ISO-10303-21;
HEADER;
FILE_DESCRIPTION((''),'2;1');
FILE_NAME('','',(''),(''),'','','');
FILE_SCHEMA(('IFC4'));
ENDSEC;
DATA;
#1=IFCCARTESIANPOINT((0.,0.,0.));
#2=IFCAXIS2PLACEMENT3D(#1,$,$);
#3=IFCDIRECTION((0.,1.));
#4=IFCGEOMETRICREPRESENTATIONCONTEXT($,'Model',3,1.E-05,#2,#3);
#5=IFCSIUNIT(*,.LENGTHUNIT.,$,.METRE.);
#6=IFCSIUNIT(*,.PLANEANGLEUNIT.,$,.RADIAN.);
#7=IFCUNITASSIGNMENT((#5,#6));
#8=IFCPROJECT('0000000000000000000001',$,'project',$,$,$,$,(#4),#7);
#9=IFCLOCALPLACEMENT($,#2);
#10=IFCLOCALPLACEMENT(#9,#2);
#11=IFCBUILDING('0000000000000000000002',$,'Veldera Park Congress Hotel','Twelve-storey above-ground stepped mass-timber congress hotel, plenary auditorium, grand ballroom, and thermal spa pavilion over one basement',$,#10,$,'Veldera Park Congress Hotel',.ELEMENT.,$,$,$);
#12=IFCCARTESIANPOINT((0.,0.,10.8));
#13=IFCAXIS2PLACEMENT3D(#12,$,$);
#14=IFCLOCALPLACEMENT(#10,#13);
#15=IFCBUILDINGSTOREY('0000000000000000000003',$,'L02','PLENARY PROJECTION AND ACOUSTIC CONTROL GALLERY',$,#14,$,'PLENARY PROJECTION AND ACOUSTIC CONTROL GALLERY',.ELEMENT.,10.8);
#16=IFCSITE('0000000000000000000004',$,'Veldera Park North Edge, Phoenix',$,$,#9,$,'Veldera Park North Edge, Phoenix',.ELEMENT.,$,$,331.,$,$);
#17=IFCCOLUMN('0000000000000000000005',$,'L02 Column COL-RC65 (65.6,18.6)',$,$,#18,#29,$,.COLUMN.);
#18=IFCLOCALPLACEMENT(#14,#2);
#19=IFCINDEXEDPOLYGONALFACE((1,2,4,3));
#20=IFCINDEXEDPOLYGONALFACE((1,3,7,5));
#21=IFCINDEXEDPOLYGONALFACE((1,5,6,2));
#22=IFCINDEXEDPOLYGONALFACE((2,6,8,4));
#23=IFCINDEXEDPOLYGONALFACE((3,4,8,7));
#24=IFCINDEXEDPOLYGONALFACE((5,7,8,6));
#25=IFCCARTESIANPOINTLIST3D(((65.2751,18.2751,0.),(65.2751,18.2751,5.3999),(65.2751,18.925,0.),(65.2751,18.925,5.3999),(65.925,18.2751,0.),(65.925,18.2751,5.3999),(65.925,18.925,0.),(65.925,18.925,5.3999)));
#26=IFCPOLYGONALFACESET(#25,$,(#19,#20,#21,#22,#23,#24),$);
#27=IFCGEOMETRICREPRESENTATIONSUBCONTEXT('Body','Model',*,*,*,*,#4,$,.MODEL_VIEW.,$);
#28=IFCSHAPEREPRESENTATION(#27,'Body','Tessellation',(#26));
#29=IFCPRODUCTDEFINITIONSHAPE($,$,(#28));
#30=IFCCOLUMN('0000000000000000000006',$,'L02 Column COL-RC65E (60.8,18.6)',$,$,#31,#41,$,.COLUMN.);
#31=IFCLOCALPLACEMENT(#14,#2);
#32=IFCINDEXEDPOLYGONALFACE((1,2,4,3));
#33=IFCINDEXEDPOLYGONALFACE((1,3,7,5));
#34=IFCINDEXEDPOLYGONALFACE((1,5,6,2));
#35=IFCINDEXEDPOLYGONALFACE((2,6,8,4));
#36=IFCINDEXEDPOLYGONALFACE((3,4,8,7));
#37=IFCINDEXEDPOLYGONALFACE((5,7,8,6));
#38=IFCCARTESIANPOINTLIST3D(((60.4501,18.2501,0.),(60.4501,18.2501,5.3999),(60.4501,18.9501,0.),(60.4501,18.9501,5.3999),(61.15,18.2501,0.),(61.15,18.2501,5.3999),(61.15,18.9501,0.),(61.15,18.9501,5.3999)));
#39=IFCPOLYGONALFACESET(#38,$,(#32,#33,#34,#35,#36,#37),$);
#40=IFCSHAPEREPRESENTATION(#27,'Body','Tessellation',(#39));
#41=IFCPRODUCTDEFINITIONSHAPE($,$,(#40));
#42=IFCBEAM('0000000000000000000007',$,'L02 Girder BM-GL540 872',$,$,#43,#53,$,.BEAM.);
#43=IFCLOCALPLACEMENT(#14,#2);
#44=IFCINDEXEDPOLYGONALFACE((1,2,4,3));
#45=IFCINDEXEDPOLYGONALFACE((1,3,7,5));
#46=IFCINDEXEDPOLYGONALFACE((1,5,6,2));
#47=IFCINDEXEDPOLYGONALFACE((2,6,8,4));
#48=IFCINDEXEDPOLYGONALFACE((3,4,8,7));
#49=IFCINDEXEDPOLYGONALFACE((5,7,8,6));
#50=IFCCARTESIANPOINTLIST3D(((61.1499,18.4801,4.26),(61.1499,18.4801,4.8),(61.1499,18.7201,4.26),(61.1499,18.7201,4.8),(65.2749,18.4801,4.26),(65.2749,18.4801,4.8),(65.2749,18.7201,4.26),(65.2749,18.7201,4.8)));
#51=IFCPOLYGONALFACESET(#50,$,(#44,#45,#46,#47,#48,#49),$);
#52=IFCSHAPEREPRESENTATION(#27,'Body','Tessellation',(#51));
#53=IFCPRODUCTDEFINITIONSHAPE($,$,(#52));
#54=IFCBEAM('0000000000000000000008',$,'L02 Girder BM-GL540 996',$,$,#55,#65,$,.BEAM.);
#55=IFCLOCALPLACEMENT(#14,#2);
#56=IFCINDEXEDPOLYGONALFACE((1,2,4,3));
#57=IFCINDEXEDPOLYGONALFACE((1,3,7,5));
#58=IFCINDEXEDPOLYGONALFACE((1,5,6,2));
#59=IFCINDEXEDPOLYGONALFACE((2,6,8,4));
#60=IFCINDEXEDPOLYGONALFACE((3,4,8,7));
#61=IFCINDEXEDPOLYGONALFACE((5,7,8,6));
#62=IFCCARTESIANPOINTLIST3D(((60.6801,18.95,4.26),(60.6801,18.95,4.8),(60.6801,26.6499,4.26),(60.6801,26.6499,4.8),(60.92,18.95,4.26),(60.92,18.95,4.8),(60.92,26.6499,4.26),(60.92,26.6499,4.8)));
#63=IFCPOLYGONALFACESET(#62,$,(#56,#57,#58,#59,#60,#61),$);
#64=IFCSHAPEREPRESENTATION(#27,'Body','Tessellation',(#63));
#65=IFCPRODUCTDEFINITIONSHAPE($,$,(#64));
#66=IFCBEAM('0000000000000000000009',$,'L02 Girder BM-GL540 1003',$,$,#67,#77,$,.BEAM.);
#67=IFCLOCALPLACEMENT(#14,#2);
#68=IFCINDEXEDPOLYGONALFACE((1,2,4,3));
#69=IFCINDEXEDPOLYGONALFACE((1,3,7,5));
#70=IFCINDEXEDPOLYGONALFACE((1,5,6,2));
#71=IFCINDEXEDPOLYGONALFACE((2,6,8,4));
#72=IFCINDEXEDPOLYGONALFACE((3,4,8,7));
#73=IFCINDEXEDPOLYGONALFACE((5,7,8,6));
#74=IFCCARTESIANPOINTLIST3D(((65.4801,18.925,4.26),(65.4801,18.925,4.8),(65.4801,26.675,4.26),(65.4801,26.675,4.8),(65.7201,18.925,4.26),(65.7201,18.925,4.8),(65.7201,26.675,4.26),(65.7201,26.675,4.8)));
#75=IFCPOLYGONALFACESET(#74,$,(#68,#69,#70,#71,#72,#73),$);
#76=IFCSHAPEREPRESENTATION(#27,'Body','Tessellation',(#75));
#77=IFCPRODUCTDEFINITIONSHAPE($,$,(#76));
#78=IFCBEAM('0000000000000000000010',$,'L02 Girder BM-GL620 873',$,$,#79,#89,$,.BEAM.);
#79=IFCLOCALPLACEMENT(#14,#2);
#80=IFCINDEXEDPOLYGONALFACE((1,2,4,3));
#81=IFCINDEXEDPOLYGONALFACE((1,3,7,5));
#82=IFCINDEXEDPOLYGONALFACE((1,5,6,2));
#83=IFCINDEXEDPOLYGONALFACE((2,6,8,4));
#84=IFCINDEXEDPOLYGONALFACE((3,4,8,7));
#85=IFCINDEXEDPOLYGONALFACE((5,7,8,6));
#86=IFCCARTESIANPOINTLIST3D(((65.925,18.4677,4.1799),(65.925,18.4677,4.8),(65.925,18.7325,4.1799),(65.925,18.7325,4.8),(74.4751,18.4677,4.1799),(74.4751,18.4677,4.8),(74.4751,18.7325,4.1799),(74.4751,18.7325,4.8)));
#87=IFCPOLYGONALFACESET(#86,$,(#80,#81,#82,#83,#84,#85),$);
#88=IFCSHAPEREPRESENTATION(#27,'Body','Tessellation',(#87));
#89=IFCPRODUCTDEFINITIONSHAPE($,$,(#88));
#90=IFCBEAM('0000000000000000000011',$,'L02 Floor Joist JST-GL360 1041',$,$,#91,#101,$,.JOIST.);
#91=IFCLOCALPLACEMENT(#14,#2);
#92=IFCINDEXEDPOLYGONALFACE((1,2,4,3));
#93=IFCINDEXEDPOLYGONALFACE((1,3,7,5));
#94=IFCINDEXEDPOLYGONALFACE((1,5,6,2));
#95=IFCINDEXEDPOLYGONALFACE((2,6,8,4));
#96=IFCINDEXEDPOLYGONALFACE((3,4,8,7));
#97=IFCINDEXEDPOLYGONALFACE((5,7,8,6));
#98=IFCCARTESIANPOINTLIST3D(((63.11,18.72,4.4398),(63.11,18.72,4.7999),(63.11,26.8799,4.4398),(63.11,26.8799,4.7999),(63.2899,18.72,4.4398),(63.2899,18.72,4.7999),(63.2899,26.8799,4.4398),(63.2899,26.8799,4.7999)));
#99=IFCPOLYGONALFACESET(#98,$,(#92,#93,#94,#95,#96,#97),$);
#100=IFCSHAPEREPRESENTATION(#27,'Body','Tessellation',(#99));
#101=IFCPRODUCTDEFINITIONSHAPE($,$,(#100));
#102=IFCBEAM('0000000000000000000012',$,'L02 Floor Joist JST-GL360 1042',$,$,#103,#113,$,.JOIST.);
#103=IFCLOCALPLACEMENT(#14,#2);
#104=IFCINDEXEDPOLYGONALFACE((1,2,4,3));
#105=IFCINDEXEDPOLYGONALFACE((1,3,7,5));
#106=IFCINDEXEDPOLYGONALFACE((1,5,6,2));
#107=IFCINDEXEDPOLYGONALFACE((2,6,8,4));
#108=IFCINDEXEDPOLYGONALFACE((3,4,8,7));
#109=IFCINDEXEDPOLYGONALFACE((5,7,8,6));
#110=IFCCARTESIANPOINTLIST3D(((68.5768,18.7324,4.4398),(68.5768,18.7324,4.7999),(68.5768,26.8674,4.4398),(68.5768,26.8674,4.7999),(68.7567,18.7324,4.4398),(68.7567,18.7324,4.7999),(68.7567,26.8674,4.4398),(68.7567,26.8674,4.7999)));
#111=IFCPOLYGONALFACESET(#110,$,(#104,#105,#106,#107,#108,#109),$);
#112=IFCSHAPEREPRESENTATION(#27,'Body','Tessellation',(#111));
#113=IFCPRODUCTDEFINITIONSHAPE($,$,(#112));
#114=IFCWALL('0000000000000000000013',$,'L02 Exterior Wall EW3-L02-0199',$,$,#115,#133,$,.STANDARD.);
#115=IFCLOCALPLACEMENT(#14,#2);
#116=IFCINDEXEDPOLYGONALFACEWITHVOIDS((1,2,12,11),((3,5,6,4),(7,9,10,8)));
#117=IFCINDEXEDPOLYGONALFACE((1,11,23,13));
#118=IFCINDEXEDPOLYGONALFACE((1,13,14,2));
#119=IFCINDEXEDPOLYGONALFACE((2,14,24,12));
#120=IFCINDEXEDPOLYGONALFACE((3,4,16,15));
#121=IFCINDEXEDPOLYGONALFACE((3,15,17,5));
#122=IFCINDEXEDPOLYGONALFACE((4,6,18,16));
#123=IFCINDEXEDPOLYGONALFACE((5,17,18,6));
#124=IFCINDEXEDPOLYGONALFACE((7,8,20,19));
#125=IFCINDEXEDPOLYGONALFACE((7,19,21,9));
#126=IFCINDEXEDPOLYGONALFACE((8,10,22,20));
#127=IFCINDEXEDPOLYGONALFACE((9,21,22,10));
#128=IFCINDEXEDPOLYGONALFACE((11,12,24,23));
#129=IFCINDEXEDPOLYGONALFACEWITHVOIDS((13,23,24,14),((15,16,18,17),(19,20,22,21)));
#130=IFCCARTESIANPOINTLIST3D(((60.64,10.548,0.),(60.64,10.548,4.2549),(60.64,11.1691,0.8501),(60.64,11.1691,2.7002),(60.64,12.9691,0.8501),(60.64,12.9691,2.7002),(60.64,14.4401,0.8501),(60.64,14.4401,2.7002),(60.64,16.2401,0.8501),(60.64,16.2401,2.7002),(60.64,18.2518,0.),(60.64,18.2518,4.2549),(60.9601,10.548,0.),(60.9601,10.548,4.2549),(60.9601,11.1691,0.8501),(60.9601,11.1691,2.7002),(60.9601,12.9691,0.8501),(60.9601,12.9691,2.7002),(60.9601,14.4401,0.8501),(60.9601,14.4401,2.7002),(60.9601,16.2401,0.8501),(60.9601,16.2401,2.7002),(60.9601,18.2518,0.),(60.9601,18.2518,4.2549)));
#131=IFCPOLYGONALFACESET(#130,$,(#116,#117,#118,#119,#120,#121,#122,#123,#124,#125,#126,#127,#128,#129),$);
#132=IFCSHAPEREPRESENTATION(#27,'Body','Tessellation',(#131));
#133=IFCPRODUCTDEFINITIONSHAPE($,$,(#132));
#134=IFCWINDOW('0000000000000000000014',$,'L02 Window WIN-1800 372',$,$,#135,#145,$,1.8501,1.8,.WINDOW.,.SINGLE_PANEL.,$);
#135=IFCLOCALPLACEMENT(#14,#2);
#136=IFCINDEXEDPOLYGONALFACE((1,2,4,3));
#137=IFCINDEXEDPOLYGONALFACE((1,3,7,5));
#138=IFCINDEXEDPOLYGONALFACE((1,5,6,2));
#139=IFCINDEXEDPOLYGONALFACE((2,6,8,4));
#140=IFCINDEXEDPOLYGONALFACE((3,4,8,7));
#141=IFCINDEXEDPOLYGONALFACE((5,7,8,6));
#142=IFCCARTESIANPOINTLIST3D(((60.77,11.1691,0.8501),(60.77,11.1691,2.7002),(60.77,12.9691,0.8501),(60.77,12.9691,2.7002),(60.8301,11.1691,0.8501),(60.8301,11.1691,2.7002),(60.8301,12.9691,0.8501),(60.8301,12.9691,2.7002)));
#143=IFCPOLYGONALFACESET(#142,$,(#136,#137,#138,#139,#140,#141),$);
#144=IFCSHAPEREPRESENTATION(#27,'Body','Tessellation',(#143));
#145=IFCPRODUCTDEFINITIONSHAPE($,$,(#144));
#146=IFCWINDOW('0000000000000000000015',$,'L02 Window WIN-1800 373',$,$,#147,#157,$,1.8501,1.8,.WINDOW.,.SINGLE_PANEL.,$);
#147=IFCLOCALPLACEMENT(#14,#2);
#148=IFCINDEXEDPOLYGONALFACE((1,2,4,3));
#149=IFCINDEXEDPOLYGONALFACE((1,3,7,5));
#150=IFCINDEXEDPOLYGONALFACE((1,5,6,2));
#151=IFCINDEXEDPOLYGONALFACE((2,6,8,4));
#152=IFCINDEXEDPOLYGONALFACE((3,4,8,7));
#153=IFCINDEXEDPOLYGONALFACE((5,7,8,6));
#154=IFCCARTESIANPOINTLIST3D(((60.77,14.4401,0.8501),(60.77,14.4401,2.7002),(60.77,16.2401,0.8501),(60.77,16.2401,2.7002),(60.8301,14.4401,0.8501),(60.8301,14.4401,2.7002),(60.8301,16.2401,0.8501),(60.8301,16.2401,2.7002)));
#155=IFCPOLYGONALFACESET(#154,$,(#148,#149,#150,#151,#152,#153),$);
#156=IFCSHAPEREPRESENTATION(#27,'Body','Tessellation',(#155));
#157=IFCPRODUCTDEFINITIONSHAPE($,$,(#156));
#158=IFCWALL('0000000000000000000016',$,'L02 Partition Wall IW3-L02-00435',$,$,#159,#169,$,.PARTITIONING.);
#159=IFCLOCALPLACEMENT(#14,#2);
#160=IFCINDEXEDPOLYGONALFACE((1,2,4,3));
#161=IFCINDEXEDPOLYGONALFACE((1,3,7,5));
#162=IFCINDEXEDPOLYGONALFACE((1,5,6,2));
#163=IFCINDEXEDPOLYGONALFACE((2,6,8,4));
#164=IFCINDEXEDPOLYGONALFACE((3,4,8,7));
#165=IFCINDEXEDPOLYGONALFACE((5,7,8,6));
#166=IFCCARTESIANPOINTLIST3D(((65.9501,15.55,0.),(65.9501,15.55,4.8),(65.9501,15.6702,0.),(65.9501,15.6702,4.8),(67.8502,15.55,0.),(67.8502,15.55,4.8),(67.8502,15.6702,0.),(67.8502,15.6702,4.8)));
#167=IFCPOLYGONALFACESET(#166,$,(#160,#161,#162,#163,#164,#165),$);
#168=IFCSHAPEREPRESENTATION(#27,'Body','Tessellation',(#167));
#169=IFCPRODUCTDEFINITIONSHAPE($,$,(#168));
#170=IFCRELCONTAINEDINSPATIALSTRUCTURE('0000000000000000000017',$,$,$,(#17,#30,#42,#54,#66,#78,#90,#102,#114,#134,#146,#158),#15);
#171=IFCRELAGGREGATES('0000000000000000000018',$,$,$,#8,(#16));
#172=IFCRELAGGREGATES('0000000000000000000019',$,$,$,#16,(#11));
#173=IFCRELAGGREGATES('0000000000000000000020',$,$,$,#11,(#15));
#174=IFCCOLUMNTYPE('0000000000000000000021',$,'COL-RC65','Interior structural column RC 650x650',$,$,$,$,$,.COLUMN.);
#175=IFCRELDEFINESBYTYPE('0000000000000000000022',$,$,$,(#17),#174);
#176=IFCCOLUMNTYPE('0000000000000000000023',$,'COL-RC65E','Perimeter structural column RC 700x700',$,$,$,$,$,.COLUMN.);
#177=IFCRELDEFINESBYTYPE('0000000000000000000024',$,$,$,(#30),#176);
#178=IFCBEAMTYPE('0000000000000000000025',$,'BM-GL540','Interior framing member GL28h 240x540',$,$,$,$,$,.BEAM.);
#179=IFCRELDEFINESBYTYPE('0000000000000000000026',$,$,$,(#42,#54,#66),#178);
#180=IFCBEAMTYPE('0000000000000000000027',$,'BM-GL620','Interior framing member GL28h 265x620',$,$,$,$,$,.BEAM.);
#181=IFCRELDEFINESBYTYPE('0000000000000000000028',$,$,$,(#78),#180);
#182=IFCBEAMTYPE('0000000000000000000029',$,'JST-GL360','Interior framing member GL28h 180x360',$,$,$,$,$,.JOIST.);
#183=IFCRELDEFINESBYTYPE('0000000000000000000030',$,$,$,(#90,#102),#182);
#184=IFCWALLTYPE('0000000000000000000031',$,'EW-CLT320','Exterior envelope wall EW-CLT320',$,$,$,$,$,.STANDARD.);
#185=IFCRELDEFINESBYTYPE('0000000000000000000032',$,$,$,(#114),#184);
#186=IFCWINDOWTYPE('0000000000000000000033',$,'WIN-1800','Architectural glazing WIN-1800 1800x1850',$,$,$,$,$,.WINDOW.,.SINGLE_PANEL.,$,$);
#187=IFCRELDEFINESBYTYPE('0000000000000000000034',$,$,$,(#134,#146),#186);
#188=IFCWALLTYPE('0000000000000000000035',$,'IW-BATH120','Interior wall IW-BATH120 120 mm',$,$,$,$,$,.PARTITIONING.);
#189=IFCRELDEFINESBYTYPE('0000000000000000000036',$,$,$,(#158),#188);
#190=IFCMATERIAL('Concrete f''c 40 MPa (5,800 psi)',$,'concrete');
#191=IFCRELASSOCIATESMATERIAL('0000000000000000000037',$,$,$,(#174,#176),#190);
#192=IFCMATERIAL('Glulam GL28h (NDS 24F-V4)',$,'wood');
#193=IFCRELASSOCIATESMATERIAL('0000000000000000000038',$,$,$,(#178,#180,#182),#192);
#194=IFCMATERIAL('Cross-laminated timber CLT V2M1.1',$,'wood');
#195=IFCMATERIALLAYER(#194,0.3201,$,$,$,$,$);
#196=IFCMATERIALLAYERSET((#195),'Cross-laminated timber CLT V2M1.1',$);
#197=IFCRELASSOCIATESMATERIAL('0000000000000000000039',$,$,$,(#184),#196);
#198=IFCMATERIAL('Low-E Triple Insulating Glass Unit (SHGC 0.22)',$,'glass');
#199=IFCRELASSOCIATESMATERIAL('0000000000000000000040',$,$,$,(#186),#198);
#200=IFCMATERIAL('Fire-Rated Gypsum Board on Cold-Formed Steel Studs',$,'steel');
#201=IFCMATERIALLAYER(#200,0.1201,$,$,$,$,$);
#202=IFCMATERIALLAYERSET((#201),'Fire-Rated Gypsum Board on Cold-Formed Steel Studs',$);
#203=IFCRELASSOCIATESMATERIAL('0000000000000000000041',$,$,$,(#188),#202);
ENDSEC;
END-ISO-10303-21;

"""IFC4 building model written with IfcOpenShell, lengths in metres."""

from ifc_helpers import new_model, si_unit, direction, frame, frame_2d, origin, origin_2d, place, context, subcontext, project, spatial, rectangle, extrude, material, layer, layer_set, material_profile, profile_set, type_object, element, fill, save


model = new_model("IFC4")

# Units and contexts
model_context = context("Model", 3, precision=1e-05, world=origin(), true_north=direction((0.0, 1.0)))
body_context = subcontext(model_context, "Body", "Model", "MODEL_VIEW")
ifc_project = project(units=[si_unit("LENGTHUNIT", "METRE"), si_unit("PLANEANGLEUNIT", "RADIAN")], contexts=[model_context])

# Site, building, storey
site_placement = place(None, origin())
site = spatial("IfcSite", under=ifc_project, at=site_placement, Name="Veldera Park North Edge, Phoenix", LongName="Veldera Park North Edge, Phoenix", CompositionType="ELEMENT", RefElevation=331.0)
building_placement = place(site_placement, origin())
building = spatial("IfcBuilding", under=site, at=building_placement, Name="Veldera Park Congress Hotel", Description="Twelve-storey above-ground stepped mass-timber congress hotel, plenary auditorium, grand ballroom, and thermal spa pavilion over one basement", LongName="Veldera Park Congress Hotel", CompositionType="ELEMENT")
storey_placement = place(building_placement, frame((0.0, 0.0, 10.8)))
storey = spatial("IfcBuildingStorey", under=building, at=storey_placement, Name="L02", Description="PLENARY PROJECTION AND ACOUSTIC CONTROL GALLERY", LongName="PLENARY PROJECTION AND ACOUSTIC CONTROL GALLERY", CompositionType="ELEMENT", Elevation=10.8)

# Columns
ifc_material_1 = material(Name="Concrete f'c 40 MPa (5,800 psi)", Category="concrete")
ifc_material_profile_1 = material_profile(ifc_material_1, rectangle(XDim=0.6499, YDim=0.6499, at=origin_2d()), Name="RC 650x650")
ifc_profile_set_1 = profile_set([ifc_material_profile_1], Name="Concrete f'c 40 MPa (5,800 psi)")
column_type_1 = type_object("IfcColumnType", Name="COL-RC65", Description="Interior structural column RC 650x650", PredefinedType="COLUMN", material=ifc_profile_set_1)
column_1_placement = place(storey_placement, frame((65.6001, 18.6001, 0.0), z_axis=(0.0, 0.0, 1.0), x_axis=(1.0, 0.0, 0.0)))
element("IfcColumn", 1, at=column_1_placement, inside=storey, type_object=column_type_1, Name="L02 Column COL-RC65 (65.6,18.6)", PredefinedType="COLUMN", context=body_context, shape_type="SweptSolid", body=[
    extrude(rectangle(XDim=0.6499, YDim=0.6499, at=origin_2d()), origin(), (0.0, 0.0, 1.0), 5.3999),
])
ifc_material_profile_2 = material_profile(ifc_material_1, rectangle(XDim=0.7, YDim=0.7, at=origin_2d()), Name="RC 700x700")
ifc_profile_set_2 = profile_set([ifc_material_profile_2], Name="Concrete f'c 40 MPa (5,800 psi)")
column_type_2 = type_object("IfcColumnType", Name="COL-RC65E", Description="Perimeter structural column RC 700x700", PredefinedType="COLUMN", material=ifc_profile_set_2)
column_2_placement = place(storey_placement, frame((60.8, 18.6001, 0.0), z_axis=(0.0, 0.0, 1.0), x_axis=(1.0, 0.0, 0.0)))
element("IfcColumn", 2, at=column_2_placement, inside=storey, type_object=column_type_2, Name="L02 Column COL-RC65E (60.8,18.6)", PredefinedType="COLUMN", context=body_context, shape_type="SweptSolid", body=[
    extrude(rectangle(XDim=0.7, YDim=0.7, at=origin_2d()), origin(), (0.0, 0.0, 1.0), 5.3999),
])

# Beams
ifc_material_2 = material(Name="Glulam GL28h (NDS 24F-V4)", Category="wood")
ifc_material_profile_3 = material_profile(ifc_material_2, rectangle(XDim=0.24, YDim=0.54, at=origin_2d()), Name="GL28h 240x540")
ifc_profile_set_3 = profile_set([ifc_material_profile_3], Name="Glulam GL28h (NDS 24F-V4)")
beam_type_1 = type_object("IfcBeamType", Name="BM-GL540", Description="Interior framing member GL28h 240x540", PredefinedType="BEAM", material=ifc_profile_set_3)
beam_1_placement = place(storey_placement, frame((61.1499, 18.6001, 4.53), z_axis=(1.0, 0.0, 0.0), x_axis=(0.0, 1.0, 0.0)))
element("IfcBeam", 3, at=beam_1_placement, inside=storey, type_object=beam_type_1, Name="L02 Girder BM-GL540 872", PredefinedType="BEAM", context=body_context, shape_type="SweptSolid", body=[
    extrude(rectangle(XDim=0.24, YDim=0.54, at=origin_2d()), origin(), (0.0, 0.0, 1.0), 4.125),
])
beam_2_placement = place(storey_placement, frame((60.8, 18.95, 4.53), z_axis=(0.0, 1.0, 0.0), x_axis=(-1.0, 0.0, 0.0)))
element("IfcBeam", 4, at=beam_2_placement, inside=storey, type_object=beam_type_1, Name="L02 Girder BM-GL540 996", PredefinedType="BEAM", context=body_context, shape_type="SweptSolid", body=[
    extrude(rectangle(XDim=0.24, YDim=0.54, at=origin_2d()), origin(), (0.0, 0.0, 1.0), 7.7),
])
beam_3_placement = place(storey_placement, frame((65.6001, 18.925, 4.53), z_axis=(0.0, 1.0, 0.0), x_axis=(-1.0, 0.0, 0.0)))
element("IfcBeam", 5, at=beam_3_placement, inside=storey, type_object=beam_type_1, Name="L02 Girder BM-GL540 1003", PredefinedType="BEAM", context=body_context, shape_type="SweptSolid", body=[
    extrude(rectangle(XDim=0.24, YDim=0.54, at=origin_2d()), origin(), (0.0, 0.0, 1.0), 7.75),
])
ifc_material_profile_4 = material_profile(ifc_material_2, rectangle(XDim=0.2649, YDim=0.6201, at=origin_2d()), Name="GL28h 265x620")
ifc_profile_set_4 = profile_set([ifc_material_profile_4], Name="Glulam GL28h (NDS 24F-V4)")
beam_type_2 = type_object("IfcBeamType", Name="BM-GL620", Description="Interior framing member GL28h 265x620", PredefinedType="BEAM", material=ifc_profile_set_4)
beam_4_placement = place(storey_placement, frame((65.925, 18.6001, 4.49), z_axis=(1.0, 0.0, 0.0), x_axis=(0.0, 1.0, 0.0)))
element("IfcBeam", 6, at=beam_4_placement, inside=storey, type_object=beam_type_2, Name="L02 Girder BM-GL620 873", PredefinedType="BEAM", context=body_context, shape_type="SweptSolid", body=[
    extrude(rectangle(XDim=0.2649, YDim=0.6201, at=origin_2d()), origin(), (0.0, 0.0, 1.0), 8.55),
])
ifc_material_profile_5 = material_profile(ifc_material_2, rectangle(XDim=0.1799, YDim=0.3601, at=origin_2d()), Name="GL28h 180x360")
ifc_profile_set_5 = profile_set([ifc_material_profile_5], Name="Glulam GL28h (NDS 24F-V4)")
beam_type_3 = type_object("IfcBeamType", Name="JST-GL360", Description="Interior framing member GL28h 180x360", PredefinedType="JOIST", material=ifc_profile_set_5)
beam_5_placement = place(storey_placement, frame((63.2, 18.72, 4.6199), z_axis=(0.0, 1.0, 0.0), x_axis=(-1.0, 0.0, 0.0)))
element("IfcBeam", 7, at=beam_5_placement, inside=storey, type_object=beam_type_3, Name="L02 Floor Joist JST-GL360 1041", PredefinedType="JOIST", context=body_context, shape_type="SweptSolid", body=[
    extrude(rectangle(XDim=0.1799, YDim=0.3601, at=origin_2d()), origin(), (0.0, 0.0, 1.0), 8.1599),
])
beam_6_placement = place(storey_placement, frame((68.6667, 18.7324, 4.6199), z_axis=(0.0, 1.0, 0.0), x_axis=(-1.0, 0.0, 0.0)))
element("IfcBeam", 8, at=beam_6_placement, inside=storey, type_object=beam_type_3, Name="L02 Floor Joist JST-GL360 1042", PredefinedType="JOIST", context=body_context, shape_type="SweptSolid", body=[
    extrude(rectangle(XDim=0.1799, YDim=0.3601, at=origin_2d()), origin(), (0.0, 0.0, 1.0), 8.135),
])

# Wall, openings, windows
ifc_material_3 = material(Name="Cross-laminated timber CLT V2M1.1", Category="wood")
ifc_layer_1 = layer(ifc_material_3, 0.3201)
ifc_layer_set_1 = layer_set([ifc_layer_1], Name="Cross-laminated timber CLT V2M1.1")
wall_type_1 = type_object("IfcWallType", Name="EW-CLT320", Description="Exterior envelope wall EW-CLT320", PredefinedType="STANDARD", material=ifc_layer_set_1)
wall_1_placement = place(storey_placement, frame((60.8, 18.252, 0.0), z_axis=(0.0, 0.0, 1.0), x_axis=(0.0, -1.0, 0.0)))
wall_1 = element("IfcWall", 9, at=wall_1_placement, inside=storey, type_object=wall_type_1, Name="L02 Exterior Wall EW3-L02-0199", PredefinedType="STANDARD", context=body_context, shape_type="SweptSolid", body=[
    extrude(rectangle(XDim=7.7039, YDim=0.3201, at=frame_2d((3.8521, 0.0))), origin(), (0.0, 0.0, 1.0), 4.2549),
])
opening_1_placement = place(wall_1_placement, frame((5.283, 0.0, 0.8501)))
opening_1 = element("IfcOpeningElement", 10, at=opening_1_placement, cuts=wall_1, PredefinedType="OPENING", context=body_context, shape_type="SweptSolid", body=[
    extrude(rectangle(XDim=1.8, YDim=1.8501, at=frame_2d((0.8999, 0.925))), frame((0.0, 0.1721, 0.0), z_axis=(0.0, -1.0, 0.0), x_axis=(1.0, 0.0, 0.0)), (0.0, 0.0, 1.0), 0.344),
])
opening_2_placement = place(wall_1_placement, frame((2.012, 0.0, 0.8501)))
opening_2 = element("IfcOpeningElement", 11, at=opening_2_placement, cuts=wall_1, PredefinedType="OPENING", context=body_context, shape_type="SweptSolid", body=[
    extrude(rectangle(XDim=1.8, YDim=1.8501, at=frame_2d((0.8999, 0.925))), frame((0.0, 0.1721, 0.0), z_axis=(0.0, -1.0, 0.0), x_axis=(1.0, 0.0, 0.0)), (0.0, 0.0, 1.0), 0.344),
])
ifc_material_4 = material(Name="Low-E Triple Insulating Glass Unit (SHGC 0.22)", Category="glass")
window_type = type_object("IfcWindowType", Name="WIN-1800", Description="Architectural glazing WIN-1800 1800x1850", PartitioningType="SINGLE_PANEL", PredefinedType="WINDOW", material=ifc_material_4)
window_1_placement = place(opening_1_placement, origin())
window_1 = element("IfcWindow", 12, at=window_1_placement, inside=storey, type_object=window_type, Name="L02 Window WIN-1800 372", OverallHeight=1.8501, OverallWidth=1.8, PartitioningType="SINGLE_PANEL", PredefinedType="WINDOW", context=body_context, shape_type="SweptSolid", body=[
    extrude(rectangle(XDim=1.8, YDim=1.8501, at=frame_2d((0.8999, 0.925))), frame((0.0, 0.03, 0.0), z_axis=(0.0, -1.0, 0.0), x_axis=(1.0, 0.0, 0.0)), (0.0, 0.0, 1.0), 0.0601),
])
fill(opening_1, window_1)
window_2_placement = place(opening_2_placement, origin())
window_2 = element("IfcWindow", 13, at=window_2_placement, inside=storey, type_object=window_type, Name="L02 Window WIN-1800 373", OverallHeight=1.8501, OverallWidth=1.8, PartitioningType="SINGLE_PANEL", PredefinedType="WINDOW", context=body_context, shape_type="SweptSolid", body=[
    extrude(rectangle(XDim=1.8, YDim=1.8501, at=frame_2d((0.8999, 0.925))), frame((0.0, 0.03, 0.0), z_axis=(0.0, -1.0, 0.0), x_axis=(1.0, 0.0, 0.0)), (0.0, 0.0, 1.0), 0.0601),
])
fill(opening_2, window_2)

# Shared definitions
ifc_material_5 = material(Name="Fire-Rated Gypsum Board on Cold-Formed Steel Studs", Category="steel")
ifc_layer_2 = layer(ifc_material_5, 0.1201)
ifc_layer_set_2 = layer_set([ifc_layer_2], Name="Fire-Rated Gypsum Board on Cold-Formed Steel Studs")
wall_type_2 = type_object("IfcWallType", Name="IW-BATH120", Description="Interior wall IW-BATH120 120 mm", PredefinedType="PARTITIONING", material=ifc_layer_set_2)

# Wall
wall_2_placement = place(storey_placement, frame((65.95, 15.6101, 0.0), z_axis=(0.0, 0.0, 1.0), x_axis=(1.0, 0.0, 0.0)))
element("IfcWall", 14, at=wall_2_placement, inside=storey, type_object=wall_type_2, Name="L02 Partition Wall IW3-L02-00435", PredefinedType="PARTITIONING", context=body_context, shape_type="SweptSolid", body=[
    extrude(rectangle(XDim=1.9001, YDim=0.1201, at=frame_2d((0.9502, 0.0))), origin(), (0.0, 0.0, 1.0), 4.8),
])

save(model, "model.ifc")
